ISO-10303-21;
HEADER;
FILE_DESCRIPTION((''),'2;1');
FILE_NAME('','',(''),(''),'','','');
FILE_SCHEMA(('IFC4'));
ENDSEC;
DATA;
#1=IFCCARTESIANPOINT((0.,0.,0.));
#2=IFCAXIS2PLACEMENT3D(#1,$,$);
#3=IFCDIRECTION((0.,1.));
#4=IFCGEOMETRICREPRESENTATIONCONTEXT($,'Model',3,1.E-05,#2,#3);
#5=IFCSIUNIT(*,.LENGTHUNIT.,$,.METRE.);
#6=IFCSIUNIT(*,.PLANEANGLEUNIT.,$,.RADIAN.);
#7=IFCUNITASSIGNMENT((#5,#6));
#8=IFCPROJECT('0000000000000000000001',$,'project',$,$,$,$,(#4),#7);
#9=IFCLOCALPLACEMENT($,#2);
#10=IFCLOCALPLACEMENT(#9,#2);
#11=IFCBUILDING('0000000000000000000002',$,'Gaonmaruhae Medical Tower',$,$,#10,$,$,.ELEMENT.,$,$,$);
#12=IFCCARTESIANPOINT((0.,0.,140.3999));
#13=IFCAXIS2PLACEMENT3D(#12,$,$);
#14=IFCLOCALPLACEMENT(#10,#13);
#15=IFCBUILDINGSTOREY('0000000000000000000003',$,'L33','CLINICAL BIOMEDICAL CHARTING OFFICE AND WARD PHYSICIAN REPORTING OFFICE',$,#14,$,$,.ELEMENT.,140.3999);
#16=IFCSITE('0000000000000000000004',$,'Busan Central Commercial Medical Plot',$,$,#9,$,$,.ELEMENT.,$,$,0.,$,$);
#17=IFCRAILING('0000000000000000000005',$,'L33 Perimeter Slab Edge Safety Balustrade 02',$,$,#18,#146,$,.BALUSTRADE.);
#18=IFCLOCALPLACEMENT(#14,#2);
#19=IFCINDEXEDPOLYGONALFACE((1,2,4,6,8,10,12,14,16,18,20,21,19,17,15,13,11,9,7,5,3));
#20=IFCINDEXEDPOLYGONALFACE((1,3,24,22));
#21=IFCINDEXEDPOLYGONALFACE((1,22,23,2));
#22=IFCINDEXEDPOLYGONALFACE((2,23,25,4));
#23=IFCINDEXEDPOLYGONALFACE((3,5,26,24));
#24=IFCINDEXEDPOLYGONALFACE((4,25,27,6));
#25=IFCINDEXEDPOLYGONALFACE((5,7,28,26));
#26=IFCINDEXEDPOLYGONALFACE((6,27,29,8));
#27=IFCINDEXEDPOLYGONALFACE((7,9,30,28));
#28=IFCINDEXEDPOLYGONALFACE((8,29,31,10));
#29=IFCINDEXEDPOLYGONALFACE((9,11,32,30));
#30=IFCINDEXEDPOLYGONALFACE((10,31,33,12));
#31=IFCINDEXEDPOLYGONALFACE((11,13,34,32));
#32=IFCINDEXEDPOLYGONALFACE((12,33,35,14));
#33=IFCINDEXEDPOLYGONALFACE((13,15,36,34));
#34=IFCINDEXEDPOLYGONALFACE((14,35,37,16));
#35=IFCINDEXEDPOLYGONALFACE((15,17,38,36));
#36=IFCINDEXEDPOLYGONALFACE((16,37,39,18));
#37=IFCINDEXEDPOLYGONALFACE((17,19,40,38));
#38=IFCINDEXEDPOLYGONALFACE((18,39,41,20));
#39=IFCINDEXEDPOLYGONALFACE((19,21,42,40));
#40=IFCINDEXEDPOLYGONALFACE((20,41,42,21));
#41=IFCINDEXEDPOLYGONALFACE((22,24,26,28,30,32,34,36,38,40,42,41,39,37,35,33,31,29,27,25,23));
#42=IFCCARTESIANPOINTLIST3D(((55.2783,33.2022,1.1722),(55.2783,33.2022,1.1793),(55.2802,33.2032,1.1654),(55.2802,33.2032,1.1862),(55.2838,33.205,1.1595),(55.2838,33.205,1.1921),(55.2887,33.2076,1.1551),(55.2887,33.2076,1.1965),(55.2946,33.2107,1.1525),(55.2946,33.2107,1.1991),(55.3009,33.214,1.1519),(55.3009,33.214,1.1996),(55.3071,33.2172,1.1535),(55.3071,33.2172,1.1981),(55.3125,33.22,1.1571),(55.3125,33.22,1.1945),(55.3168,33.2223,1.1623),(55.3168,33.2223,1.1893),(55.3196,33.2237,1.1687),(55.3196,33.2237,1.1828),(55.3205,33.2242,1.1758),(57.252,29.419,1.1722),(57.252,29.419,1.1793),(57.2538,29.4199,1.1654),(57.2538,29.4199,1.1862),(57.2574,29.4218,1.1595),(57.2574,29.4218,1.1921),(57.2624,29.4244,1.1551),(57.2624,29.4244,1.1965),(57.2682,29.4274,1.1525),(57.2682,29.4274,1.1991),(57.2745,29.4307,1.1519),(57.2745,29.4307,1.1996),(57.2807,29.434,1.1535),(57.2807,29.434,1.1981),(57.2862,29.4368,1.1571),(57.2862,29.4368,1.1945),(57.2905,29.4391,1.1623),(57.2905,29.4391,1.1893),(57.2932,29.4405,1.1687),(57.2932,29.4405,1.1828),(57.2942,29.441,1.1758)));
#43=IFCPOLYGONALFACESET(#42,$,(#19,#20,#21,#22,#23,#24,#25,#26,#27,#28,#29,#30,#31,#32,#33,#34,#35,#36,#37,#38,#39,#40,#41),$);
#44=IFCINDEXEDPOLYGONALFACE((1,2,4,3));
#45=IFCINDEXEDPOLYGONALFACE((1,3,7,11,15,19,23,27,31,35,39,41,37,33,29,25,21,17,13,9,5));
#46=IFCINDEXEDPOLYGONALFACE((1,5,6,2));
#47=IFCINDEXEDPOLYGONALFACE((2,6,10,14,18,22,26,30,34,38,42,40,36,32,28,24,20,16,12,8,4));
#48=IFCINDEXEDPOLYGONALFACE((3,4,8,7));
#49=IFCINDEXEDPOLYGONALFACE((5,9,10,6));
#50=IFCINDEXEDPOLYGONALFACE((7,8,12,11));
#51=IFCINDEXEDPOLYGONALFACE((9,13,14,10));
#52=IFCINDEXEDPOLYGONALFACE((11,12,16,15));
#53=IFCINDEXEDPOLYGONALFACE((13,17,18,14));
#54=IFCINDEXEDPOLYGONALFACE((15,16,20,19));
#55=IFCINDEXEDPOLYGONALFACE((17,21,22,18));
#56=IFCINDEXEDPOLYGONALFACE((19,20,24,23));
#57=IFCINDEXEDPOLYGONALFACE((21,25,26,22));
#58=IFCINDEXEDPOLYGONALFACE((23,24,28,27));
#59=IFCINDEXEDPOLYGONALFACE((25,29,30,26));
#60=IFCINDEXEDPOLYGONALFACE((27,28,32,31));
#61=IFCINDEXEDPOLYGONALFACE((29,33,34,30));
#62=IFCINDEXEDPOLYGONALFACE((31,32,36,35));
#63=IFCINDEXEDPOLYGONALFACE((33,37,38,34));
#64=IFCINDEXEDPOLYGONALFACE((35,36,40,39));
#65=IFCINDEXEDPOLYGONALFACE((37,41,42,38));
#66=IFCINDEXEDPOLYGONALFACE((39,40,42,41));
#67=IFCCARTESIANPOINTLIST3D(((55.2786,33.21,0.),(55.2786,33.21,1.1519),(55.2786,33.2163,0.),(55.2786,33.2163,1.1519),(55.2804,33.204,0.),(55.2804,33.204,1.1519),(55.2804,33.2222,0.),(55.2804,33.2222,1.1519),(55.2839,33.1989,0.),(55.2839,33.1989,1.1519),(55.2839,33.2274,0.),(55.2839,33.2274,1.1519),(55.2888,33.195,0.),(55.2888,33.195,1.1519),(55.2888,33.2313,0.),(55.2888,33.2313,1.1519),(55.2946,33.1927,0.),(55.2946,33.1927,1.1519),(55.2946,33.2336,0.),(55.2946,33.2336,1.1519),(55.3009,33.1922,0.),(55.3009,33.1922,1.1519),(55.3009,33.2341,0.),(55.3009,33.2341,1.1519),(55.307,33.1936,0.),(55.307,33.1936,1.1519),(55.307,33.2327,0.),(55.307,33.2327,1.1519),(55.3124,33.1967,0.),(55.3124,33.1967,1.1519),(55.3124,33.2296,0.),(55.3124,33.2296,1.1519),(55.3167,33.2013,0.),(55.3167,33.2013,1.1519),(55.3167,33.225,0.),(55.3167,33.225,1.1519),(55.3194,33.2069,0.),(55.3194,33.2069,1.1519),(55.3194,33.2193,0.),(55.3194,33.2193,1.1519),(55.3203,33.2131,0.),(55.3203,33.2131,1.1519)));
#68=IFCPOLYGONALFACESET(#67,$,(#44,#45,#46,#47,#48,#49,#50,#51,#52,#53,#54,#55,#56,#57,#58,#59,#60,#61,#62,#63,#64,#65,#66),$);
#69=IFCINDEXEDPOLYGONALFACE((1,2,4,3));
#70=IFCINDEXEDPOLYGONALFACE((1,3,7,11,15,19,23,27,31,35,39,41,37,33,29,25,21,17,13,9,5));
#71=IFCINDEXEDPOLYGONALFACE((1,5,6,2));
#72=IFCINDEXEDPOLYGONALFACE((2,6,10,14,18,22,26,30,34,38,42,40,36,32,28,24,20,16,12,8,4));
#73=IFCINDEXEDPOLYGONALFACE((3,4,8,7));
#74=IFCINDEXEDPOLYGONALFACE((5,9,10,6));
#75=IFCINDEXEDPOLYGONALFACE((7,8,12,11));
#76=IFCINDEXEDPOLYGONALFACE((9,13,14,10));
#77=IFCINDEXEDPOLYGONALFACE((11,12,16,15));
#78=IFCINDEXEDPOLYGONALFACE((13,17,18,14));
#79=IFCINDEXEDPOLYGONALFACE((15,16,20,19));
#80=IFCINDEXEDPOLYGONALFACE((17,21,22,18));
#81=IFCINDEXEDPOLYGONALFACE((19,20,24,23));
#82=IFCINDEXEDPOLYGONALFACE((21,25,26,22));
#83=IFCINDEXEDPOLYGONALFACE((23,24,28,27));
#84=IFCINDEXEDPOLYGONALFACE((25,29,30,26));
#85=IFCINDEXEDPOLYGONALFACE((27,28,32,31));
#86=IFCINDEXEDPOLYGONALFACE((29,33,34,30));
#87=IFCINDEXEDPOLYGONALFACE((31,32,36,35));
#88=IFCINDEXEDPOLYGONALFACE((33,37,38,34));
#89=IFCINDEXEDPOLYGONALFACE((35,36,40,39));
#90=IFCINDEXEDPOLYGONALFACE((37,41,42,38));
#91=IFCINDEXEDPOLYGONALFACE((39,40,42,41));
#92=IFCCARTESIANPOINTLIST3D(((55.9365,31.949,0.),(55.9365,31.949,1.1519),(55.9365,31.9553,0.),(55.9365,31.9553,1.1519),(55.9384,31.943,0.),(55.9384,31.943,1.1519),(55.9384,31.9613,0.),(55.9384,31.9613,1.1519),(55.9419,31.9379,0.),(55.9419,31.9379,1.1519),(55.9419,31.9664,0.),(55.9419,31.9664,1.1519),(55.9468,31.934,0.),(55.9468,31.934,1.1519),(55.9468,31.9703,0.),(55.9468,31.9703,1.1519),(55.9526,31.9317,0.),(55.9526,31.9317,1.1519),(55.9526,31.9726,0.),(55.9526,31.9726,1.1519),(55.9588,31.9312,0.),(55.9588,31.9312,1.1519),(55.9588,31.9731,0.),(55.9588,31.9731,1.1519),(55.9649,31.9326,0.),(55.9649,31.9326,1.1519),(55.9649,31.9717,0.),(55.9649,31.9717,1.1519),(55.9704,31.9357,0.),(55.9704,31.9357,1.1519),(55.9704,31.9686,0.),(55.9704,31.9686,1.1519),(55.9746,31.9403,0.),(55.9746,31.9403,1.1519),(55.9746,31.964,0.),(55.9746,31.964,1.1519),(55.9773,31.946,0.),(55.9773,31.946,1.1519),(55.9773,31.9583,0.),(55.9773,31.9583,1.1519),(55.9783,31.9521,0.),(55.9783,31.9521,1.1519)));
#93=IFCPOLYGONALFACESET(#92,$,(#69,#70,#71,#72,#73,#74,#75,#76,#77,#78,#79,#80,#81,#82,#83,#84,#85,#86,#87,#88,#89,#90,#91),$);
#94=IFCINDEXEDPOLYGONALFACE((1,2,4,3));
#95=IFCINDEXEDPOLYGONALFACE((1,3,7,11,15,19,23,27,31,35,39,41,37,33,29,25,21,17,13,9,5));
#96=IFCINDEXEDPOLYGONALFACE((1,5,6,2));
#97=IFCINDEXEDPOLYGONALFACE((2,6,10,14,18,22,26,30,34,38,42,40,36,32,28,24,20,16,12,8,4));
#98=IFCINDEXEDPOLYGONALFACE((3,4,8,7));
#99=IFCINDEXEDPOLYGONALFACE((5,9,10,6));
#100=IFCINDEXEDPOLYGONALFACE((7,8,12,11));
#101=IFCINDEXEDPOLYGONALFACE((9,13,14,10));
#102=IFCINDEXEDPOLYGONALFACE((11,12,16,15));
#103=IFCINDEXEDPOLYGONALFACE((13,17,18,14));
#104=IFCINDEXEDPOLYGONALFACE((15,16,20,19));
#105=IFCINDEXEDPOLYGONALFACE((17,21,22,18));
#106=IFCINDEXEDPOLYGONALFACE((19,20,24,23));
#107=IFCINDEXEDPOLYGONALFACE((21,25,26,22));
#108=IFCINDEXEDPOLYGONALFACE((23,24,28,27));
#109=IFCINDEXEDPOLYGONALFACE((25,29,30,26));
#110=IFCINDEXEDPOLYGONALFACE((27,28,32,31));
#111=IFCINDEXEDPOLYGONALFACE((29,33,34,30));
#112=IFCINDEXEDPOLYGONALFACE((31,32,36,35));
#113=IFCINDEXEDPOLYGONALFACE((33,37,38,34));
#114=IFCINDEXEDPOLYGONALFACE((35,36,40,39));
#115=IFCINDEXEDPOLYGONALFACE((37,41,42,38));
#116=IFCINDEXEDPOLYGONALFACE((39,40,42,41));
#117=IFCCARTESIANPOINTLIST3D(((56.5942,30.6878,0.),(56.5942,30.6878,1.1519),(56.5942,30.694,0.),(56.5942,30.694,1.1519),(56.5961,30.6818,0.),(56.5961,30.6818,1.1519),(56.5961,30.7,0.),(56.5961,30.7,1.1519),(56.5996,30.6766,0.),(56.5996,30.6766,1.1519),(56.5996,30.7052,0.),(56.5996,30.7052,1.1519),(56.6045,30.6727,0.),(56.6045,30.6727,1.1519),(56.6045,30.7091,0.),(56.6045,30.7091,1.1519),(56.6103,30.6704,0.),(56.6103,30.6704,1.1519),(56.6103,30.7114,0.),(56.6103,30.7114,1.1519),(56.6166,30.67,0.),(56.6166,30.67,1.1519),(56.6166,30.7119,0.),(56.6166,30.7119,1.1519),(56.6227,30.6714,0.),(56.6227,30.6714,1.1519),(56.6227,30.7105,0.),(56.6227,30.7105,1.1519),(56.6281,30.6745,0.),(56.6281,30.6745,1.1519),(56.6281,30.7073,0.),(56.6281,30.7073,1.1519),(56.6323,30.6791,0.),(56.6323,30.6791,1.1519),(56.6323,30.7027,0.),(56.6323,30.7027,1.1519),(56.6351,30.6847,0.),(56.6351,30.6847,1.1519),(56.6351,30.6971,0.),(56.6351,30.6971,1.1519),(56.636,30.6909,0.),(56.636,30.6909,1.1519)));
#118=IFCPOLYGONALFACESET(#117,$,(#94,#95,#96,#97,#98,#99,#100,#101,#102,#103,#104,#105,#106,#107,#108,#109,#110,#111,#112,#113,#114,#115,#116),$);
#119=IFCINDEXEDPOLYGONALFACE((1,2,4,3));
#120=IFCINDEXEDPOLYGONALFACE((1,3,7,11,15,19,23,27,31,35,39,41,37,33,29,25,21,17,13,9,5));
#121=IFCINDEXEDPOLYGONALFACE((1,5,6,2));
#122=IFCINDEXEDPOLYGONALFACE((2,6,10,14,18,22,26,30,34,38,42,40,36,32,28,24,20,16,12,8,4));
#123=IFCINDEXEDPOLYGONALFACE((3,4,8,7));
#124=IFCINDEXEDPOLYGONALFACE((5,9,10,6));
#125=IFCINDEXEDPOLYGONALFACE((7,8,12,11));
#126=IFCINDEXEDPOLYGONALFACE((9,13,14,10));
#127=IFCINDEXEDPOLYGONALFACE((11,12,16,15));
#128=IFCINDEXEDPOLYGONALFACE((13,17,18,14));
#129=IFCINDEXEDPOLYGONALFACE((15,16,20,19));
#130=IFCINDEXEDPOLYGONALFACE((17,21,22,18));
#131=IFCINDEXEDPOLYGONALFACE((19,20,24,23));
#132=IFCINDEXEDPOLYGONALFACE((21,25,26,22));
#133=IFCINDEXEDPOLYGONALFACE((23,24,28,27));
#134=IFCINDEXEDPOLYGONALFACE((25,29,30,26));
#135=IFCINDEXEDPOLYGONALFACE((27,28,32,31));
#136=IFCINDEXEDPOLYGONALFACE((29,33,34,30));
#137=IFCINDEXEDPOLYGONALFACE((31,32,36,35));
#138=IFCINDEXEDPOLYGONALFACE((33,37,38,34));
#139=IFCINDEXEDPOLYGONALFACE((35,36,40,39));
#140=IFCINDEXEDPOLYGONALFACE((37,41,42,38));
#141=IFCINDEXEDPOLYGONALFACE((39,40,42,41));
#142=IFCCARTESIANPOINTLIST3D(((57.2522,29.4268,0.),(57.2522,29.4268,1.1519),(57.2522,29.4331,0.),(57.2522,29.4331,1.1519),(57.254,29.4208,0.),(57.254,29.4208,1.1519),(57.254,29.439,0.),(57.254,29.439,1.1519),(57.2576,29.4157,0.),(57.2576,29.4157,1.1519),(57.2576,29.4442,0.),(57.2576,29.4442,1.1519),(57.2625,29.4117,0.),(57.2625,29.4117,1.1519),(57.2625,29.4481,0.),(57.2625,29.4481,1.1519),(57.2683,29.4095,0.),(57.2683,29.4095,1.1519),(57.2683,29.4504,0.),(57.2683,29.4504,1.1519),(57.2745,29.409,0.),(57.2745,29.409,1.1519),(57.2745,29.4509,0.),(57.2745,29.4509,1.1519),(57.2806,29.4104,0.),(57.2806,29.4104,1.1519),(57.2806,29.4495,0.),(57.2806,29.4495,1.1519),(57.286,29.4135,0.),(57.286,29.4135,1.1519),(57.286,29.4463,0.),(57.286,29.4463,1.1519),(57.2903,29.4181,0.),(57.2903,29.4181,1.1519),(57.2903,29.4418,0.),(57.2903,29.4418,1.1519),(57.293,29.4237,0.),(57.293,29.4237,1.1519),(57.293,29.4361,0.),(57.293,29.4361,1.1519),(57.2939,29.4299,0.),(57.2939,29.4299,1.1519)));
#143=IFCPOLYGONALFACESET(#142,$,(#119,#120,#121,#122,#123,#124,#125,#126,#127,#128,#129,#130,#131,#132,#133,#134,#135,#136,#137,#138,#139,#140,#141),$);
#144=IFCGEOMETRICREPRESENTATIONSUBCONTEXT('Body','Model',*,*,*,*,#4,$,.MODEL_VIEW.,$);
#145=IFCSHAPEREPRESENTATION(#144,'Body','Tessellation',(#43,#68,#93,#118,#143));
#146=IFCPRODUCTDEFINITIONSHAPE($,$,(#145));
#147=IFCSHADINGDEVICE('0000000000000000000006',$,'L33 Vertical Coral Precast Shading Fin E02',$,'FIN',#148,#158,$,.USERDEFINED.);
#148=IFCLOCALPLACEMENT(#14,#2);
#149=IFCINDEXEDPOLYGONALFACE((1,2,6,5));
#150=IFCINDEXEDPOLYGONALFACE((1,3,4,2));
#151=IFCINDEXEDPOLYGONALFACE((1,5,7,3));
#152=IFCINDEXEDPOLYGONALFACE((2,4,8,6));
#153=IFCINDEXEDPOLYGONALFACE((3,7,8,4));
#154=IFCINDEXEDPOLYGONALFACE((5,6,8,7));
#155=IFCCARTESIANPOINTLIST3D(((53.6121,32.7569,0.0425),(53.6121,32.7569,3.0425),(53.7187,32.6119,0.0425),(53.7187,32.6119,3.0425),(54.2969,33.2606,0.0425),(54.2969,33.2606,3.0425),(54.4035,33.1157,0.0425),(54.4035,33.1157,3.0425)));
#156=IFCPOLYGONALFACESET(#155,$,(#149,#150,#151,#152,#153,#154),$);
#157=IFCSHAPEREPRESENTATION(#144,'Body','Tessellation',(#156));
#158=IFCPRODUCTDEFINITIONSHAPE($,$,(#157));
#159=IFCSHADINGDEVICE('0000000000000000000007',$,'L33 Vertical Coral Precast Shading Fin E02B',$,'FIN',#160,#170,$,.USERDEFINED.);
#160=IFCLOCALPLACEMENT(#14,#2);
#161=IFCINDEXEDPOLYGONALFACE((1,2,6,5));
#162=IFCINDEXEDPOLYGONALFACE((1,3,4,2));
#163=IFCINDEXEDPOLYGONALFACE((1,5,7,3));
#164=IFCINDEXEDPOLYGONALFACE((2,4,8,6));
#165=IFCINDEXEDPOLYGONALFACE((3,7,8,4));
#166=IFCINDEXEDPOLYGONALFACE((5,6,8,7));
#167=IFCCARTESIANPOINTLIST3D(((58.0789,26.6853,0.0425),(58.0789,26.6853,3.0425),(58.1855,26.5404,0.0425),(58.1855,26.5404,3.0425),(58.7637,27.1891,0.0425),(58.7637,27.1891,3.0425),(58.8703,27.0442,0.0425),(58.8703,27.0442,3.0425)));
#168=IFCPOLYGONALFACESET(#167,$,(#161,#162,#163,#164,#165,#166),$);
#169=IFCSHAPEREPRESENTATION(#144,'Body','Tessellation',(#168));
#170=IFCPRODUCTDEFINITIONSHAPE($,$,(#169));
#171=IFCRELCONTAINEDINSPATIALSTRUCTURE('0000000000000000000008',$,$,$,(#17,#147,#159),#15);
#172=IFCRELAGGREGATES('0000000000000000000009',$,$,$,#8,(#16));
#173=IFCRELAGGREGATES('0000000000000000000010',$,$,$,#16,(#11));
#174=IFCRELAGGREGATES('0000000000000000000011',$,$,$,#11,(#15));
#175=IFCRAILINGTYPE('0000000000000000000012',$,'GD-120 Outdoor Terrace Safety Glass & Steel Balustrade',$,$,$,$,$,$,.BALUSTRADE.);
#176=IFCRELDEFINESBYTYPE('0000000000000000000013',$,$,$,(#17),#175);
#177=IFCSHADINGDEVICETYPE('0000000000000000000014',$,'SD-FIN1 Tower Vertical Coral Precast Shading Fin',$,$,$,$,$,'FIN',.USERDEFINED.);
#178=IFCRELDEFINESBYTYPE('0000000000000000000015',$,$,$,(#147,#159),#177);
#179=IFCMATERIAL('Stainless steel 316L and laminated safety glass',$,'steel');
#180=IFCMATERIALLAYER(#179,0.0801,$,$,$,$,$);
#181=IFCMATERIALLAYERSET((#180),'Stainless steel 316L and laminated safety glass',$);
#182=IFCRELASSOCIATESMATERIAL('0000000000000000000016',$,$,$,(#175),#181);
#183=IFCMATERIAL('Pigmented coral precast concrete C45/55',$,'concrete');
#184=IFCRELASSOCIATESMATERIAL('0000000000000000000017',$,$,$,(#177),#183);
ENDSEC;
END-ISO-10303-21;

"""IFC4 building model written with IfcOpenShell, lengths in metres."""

from ifc_helpers import new_model, si_unit, direction, frame, origin, origin_2d, place, context, subcontext, project, spatial, rectangle, circle, extrude, material, layer, layer_set, type_object, element, save


model = new_model("IFC4")

# Units and contexts
model_context = context("Model", 3, precision=1e-05, world=origin(), true_north=direction((0.0, 1.0)))
body_context = subcontext(model_context, "Body", "Model", "MODEL_VIEW")
ifc_project = project(units=[si_unit("LENGTHUNIT", "METRE"), si_unit("PLANEANGLEUNIT", "RADIAN")], contexts=[model_context])

# Site, building, storey
site_placement = place(None, origin())
site = spatial("IfcSite", under=ifc_project, at=site_placement, Name="Busan Central Commercial Medical Plot", CompositionType="ELEMENT", RefElevation=0.0)
building_placement = place(site_placement, origin())
building = spatial("IfcBuilding", under=site, at=building_placement, Name="Gaonmaruhae Medical Tower", CompositionType="ELEMENT")
storey_placement = place(building_placement, frame((0.0, 0.0, 140.3999)))
storey = spatial("IfcBuildingStorey", under=building, at=storey_placement, Name="L33", Description="CLINICAL BIOMEDICAL CHARTING OFFICE AND WARD PHYSICIAN REPORTING OFFICE", CompositionType="ELEMENT", Elevation=140.3999)

# Railing
ifc_material_1 = material(Name="Stainless steel 316L and laminated safety glass", Category="steel")
ifc_layer_1 = layer(ifc_material_1, 0.0801)
ifc_layer_set_1 = layer_set([ifc_layer_1], Name="Stainless steel 316L and laminated safety glass")
railing_type = type_object("IfcRailingType", Name="GD-120 Outdoor Terrace Safety Glass & Steel Balustrade", PredefinedType="BALUSTRADE", material=ifc_layer_set_1)
railing_1_placement = place(storey_placement, frame((55.2993, 33.2131, 0.0)))
element("IfcRailing", 1, at=railing_1_placement, inside=storey, type_object=railing_type, Name="L33 Perimeter Slab Edge Safety Balustrade 02", PredefinedType="BALUSTRADE", context=body_context, shape_type="SweptSolid", body=[
    extrude(circle(Radius=0.0239, at=origin_2d()), frame((0.0, 0.0, 1.1758), z_axis=(0.462527, -0.886605, 0.0), x_axis=(0.886605, 0.462527, 0.0)), (0.0, 0.0, 1.0), 4.2671),
    extrude(circle(Radius=0.021, at=origin_2d()), origin(), (0.0, 0.0, 1.0), 1.1519),
    extrude(circle(Radius=0.021, at=origin_2d()), frame((0.658, -1.261, 0.0)), (0.0, 0.0, 1.0), 1.1519),
    extrude(circle(Radius=0.021, at=origin_2d()), frame((1.3157, -2.5222, 0.0)), (0.0, 0.0, 1.0), 1.1519),
    extrude(circle(Radius=0.021, at=origin_2d()), frame((1.9736, -3.7832, 0.0)), (0.0, 0.0, 1.0), 1.1519),
])

# Shading devices
ifc_material_2 = material(Name="Pigmented coral precast concrete C45/55", Category="concrete")
shading_device_type = type_object("IfcShadingDeviceType", Name="SD-FIN1 Tower Vertical Coral Precast Shading Fin", ElementType="FIN", PredefinedType="USERDEFINED", material=ifc_material_2)
for number, where, z_axis, x_axis, name in (
    (2, (54.0078, 32.9363, 0.0425), (0.0, 0.0, 1.0), (0.592576, -0.805515, 0.0), "L33 Vertical Coral Precast Shading Fin E02"),
    (3, (58.4746, 26.8647, 0.0425), (0.0, 0.0, 1.0), (0.592576, -0.805515, 0.0), "L33 Vertical Coral Precast Shading Fin E02B"),
):
    element("IfcShadingDevice", number, at=place(storey_placement, frame(where, z_axis=z_axis, x_axis=x_axis)), inside=storey, type_object=shading_device_type, Name=name, ObjectType="FIN", PredefinedType="USERDEFINED", context=body_context, shape_type="SweptSolid", body=[
        extrude(rectangle(XDim=0.1799, YDim=0.8501, at=origin_2d()), origin(), (0.0, 0.0, 1.0), 3.0),
    ])

save(model, "model.ifc")
